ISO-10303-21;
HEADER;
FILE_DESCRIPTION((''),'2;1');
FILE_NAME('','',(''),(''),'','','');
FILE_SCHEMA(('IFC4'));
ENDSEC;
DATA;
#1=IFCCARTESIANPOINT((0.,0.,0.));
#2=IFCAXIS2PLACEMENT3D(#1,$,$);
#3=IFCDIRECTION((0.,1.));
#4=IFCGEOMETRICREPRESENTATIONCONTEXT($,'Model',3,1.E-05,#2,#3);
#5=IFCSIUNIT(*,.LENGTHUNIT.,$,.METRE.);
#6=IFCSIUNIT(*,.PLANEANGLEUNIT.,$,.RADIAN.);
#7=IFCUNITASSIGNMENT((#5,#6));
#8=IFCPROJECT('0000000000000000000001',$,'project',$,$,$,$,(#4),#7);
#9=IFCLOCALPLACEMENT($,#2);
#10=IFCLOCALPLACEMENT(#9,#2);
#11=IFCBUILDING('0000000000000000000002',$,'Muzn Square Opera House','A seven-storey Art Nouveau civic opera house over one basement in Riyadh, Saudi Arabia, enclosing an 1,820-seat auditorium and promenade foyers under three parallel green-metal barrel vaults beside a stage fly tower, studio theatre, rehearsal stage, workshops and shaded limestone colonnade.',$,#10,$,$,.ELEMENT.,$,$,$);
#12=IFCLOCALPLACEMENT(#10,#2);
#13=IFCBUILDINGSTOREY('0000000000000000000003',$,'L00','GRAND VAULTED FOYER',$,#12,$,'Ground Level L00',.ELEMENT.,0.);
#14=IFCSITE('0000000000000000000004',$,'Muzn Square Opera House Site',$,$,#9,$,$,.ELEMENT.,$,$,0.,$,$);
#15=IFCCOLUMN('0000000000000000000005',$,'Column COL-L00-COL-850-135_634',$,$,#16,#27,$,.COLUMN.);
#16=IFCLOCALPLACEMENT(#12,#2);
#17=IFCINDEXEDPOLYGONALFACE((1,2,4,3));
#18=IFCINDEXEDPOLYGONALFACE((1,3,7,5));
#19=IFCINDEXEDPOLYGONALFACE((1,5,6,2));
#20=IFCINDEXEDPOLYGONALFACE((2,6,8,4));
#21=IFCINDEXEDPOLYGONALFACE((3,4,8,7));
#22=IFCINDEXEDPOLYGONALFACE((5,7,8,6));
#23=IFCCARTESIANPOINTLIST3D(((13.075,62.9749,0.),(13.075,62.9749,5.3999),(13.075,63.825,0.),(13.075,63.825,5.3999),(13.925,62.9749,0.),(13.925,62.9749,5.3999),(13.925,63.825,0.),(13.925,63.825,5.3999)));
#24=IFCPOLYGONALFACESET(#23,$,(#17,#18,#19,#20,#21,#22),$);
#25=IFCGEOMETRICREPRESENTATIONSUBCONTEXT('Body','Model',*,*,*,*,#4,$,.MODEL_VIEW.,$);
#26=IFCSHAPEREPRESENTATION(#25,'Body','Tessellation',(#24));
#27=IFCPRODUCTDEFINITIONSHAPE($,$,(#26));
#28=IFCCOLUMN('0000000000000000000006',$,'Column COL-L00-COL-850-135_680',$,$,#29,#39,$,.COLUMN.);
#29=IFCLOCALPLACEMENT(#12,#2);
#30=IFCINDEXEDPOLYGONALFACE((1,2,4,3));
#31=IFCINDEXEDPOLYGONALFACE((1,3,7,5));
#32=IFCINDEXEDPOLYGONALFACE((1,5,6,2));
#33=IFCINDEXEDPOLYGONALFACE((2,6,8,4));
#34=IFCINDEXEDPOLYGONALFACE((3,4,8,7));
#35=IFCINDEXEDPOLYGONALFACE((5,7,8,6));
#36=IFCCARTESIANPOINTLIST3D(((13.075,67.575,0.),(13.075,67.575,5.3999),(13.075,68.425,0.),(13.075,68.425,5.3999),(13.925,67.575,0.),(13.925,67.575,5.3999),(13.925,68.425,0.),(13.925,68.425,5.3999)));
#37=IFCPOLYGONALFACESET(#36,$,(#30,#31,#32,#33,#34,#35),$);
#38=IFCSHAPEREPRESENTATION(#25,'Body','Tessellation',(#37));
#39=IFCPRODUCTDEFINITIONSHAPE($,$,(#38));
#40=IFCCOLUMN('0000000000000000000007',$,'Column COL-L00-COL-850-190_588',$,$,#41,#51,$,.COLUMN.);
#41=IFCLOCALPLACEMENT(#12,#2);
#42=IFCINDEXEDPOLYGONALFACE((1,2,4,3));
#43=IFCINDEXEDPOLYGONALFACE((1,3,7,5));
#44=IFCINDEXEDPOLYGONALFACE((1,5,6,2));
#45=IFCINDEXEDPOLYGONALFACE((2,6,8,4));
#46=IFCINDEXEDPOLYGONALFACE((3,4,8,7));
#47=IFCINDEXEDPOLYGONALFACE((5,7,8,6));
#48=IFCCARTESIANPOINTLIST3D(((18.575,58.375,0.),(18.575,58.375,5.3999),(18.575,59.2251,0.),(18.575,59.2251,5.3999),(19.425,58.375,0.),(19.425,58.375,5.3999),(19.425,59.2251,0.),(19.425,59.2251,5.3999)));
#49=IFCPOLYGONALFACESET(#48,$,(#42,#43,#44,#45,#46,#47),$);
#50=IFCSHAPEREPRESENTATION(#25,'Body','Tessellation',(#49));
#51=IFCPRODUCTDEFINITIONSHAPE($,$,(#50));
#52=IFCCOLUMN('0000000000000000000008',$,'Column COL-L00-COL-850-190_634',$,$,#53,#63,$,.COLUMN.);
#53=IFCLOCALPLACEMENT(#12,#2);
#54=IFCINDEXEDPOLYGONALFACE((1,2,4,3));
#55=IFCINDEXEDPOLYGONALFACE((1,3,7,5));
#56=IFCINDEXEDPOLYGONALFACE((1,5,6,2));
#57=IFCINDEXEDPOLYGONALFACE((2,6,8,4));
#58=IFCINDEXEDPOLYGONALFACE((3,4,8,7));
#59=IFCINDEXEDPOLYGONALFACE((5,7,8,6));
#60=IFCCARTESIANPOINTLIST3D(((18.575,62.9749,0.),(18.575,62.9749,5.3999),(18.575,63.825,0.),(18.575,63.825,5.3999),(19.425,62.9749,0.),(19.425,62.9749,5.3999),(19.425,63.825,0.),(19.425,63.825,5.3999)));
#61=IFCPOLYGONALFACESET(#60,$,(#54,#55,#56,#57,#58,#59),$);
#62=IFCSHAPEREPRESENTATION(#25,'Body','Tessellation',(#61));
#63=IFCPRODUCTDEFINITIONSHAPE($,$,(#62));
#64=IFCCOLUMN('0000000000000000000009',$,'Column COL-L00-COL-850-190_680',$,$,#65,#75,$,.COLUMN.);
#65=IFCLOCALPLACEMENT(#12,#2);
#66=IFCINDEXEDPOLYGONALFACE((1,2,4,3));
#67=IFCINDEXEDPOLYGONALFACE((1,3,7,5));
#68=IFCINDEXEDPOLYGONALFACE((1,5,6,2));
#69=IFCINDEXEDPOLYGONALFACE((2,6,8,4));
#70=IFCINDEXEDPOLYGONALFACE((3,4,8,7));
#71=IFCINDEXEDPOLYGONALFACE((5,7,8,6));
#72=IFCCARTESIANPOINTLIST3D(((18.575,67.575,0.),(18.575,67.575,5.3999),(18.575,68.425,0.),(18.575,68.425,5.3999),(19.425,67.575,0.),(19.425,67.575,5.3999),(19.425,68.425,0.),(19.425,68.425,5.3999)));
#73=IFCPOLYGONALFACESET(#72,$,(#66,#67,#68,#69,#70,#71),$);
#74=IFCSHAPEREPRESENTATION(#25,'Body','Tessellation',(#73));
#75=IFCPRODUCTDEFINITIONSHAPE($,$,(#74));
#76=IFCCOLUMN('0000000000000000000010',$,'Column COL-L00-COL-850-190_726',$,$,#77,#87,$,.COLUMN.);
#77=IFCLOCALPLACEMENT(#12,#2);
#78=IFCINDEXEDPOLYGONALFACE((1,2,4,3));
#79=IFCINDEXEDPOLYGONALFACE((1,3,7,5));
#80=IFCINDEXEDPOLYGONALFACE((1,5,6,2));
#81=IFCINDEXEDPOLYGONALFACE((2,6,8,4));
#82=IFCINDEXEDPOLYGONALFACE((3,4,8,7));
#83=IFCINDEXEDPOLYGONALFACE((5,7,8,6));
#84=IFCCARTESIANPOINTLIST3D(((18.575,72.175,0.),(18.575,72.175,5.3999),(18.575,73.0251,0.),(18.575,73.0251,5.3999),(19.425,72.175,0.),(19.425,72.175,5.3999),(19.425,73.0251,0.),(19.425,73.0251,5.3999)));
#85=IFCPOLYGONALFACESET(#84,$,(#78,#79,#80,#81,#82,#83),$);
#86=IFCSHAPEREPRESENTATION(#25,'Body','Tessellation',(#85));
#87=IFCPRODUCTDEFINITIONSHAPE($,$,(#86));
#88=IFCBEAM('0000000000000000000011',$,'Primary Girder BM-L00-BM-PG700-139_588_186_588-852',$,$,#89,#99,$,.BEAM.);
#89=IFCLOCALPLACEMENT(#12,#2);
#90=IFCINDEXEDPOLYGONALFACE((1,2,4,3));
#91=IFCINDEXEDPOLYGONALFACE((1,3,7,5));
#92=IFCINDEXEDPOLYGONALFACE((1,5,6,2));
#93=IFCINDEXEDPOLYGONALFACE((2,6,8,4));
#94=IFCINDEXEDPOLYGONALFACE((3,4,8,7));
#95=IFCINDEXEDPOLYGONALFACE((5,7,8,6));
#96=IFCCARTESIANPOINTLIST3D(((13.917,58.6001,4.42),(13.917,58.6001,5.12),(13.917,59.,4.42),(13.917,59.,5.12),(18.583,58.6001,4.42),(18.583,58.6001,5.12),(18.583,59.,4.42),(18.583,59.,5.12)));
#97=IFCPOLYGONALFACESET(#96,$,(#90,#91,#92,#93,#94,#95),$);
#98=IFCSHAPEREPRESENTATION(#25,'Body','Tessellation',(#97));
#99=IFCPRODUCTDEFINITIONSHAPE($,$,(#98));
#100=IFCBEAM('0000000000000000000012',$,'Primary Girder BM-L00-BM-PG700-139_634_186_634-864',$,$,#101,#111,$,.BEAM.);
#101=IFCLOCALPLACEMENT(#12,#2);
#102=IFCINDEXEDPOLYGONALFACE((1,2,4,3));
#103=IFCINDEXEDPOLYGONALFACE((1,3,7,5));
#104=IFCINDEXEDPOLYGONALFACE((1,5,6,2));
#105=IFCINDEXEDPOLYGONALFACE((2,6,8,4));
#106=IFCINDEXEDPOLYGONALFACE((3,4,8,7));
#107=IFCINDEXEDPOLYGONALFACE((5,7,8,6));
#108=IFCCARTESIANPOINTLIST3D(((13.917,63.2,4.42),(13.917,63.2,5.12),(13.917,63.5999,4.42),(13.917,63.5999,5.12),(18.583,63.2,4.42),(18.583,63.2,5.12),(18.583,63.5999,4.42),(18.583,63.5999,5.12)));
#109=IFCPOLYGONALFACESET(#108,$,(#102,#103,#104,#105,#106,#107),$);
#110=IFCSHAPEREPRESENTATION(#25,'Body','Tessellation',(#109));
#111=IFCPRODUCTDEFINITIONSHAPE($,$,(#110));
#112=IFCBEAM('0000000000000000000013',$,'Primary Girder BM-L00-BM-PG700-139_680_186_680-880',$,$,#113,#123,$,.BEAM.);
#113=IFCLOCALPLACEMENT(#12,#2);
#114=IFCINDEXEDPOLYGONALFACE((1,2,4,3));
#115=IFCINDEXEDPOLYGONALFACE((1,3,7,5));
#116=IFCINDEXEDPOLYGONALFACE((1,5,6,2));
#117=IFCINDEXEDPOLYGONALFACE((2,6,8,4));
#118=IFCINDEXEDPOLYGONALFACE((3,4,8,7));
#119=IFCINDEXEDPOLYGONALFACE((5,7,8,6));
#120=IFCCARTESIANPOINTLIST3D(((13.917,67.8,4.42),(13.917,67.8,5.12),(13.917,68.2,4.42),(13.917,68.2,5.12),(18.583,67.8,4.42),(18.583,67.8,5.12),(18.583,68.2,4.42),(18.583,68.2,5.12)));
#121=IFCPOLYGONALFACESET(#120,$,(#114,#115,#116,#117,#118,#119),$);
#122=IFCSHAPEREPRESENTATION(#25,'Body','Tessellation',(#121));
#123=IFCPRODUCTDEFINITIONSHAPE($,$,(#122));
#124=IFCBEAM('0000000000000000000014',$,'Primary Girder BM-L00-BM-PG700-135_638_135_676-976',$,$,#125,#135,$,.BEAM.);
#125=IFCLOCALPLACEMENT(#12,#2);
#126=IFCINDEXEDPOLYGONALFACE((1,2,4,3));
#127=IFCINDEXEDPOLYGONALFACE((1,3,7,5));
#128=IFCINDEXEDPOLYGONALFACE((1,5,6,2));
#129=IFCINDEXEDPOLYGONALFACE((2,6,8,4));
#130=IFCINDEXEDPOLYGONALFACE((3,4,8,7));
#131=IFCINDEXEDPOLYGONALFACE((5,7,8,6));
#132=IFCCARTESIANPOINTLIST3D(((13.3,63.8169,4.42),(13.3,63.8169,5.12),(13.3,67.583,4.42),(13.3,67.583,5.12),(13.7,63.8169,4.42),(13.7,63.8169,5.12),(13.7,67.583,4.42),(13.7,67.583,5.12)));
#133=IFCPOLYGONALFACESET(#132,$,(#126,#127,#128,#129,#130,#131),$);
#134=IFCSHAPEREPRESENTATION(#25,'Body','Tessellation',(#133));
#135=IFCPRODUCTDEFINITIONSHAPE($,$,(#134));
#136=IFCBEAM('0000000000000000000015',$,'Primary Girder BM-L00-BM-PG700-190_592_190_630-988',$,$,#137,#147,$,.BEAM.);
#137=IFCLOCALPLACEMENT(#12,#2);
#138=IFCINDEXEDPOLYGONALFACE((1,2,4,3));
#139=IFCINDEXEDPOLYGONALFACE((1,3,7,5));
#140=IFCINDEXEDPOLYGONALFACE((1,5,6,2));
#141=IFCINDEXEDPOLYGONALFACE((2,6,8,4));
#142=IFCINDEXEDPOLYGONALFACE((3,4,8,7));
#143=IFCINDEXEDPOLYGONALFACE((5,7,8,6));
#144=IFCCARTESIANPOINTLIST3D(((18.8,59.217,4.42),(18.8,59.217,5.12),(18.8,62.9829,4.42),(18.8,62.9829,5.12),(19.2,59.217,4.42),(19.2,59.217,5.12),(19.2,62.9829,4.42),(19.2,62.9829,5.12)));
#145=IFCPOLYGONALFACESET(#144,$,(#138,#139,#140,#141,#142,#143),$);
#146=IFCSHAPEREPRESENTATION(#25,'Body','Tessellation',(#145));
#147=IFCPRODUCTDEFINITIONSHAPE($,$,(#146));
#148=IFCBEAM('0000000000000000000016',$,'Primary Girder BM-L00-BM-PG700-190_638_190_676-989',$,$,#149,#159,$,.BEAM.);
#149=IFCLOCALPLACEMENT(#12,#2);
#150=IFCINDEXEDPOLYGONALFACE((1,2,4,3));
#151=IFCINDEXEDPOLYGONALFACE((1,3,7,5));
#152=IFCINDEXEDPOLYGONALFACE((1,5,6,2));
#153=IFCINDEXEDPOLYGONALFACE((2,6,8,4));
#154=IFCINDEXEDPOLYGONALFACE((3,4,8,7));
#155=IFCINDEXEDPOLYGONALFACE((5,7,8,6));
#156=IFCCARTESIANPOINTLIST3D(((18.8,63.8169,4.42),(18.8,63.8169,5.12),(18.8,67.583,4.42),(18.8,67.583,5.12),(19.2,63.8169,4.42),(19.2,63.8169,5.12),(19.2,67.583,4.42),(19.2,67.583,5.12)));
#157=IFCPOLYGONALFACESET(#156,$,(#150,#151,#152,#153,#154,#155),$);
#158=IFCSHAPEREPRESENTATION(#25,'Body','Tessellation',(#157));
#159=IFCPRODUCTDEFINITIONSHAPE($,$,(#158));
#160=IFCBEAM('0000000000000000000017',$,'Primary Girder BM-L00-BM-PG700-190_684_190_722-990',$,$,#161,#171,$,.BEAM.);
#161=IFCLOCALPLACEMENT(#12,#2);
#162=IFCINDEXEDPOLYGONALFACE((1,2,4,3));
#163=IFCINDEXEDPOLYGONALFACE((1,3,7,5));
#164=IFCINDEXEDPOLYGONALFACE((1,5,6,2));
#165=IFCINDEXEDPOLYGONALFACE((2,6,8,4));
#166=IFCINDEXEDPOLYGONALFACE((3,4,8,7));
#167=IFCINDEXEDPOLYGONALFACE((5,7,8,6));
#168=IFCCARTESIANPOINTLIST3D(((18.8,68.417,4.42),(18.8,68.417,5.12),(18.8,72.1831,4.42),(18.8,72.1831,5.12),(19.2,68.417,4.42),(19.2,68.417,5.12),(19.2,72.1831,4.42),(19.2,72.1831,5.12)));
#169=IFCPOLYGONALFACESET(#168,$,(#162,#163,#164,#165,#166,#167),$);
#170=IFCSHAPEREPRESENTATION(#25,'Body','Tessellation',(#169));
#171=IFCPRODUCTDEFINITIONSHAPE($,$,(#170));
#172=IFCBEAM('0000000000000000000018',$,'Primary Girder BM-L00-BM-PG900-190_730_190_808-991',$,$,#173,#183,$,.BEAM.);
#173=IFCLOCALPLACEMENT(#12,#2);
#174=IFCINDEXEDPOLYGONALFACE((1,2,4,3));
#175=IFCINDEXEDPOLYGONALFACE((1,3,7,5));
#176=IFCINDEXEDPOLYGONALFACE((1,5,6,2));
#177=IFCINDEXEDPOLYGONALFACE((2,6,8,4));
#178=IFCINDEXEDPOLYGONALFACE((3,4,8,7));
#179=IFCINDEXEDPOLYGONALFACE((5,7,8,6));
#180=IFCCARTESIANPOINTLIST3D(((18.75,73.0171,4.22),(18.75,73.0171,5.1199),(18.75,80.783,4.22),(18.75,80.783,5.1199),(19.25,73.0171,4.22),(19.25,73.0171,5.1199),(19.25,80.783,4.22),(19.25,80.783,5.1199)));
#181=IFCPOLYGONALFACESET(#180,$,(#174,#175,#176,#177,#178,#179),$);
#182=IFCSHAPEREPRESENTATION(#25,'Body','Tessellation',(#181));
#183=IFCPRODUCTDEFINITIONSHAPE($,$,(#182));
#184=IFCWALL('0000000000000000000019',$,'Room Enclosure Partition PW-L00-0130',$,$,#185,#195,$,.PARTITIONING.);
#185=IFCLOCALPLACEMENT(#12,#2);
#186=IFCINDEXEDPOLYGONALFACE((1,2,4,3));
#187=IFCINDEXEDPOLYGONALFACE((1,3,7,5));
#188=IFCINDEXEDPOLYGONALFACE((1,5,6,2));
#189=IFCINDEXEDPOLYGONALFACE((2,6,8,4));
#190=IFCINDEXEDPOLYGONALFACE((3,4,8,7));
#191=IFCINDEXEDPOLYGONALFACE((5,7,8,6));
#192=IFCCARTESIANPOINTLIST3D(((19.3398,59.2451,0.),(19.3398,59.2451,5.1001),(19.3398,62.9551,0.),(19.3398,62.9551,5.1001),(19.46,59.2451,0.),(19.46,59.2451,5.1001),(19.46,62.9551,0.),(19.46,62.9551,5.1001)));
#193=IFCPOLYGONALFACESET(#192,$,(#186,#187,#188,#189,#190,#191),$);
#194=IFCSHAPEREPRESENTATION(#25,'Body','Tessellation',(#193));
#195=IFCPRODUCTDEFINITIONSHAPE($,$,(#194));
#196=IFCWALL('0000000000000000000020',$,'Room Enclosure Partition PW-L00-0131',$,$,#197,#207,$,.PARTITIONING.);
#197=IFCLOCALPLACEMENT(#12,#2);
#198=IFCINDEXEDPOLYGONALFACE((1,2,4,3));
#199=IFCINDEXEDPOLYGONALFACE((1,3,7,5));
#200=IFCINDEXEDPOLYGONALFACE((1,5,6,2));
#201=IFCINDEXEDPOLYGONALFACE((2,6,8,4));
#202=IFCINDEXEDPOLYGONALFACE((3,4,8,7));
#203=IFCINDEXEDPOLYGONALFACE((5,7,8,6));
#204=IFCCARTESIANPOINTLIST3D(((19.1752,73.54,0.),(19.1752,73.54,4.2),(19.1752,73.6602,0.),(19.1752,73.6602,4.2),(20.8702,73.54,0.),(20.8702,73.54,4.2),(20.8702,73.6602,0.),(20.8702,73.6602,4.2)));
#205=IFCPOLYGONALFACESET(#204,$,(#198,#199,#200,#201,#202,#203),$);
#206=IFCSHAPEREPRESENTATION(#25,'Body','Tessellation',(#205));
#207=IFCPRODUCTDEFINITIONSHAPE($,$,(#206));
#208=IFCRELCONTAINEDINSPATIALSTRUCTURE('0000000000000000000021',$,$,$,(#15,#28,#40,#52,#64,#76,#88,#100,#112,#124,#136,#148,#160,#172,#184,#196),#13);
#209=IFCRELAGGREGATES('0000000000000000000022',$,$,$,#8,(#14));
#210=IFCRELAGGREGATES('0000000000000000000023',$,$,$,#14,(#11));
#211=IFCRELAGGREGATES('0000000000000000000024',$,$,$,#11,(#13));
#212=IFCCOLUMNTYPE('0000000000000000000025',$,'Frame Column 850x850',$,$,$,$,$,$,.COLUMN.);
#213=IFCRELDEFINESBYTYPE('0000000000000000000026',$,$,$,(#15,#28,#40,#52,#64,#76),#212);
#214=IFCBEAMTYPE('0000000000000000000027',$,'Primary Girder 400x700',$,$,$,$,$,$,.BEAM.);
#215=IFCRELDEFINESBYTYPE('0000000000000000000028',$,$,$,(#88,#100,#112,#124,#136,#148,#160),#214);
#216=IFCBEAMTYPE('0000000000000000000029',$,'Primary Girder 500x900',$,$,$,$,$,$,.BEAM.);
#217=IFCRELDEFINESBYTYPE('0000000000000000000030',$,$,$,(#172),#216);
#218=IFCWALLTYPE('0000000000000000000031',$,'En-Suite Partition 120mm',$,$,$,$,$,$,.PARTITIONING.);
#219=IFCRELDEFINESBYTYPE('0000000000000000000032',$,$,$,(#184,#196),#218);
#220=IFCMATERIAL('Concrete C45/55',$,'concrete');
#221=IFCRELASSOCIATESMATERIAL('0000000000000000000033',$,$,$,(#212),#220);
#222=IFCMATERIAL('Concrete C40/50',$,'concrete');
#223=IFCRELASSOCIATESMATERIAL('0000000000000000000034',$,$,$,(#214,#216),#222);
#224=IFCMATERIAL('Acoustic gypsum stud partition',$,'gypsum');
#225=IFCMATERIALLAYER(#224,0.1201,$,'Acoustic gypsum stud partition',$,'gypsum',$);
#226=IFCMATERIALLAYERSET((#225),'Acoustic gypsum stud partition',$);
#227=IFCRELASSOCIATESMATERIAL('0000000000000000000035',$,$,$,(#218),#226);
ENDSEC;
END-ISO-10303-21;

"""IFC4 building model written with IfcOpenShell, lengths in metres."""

from ifc_helpers import new_model, si_unit, direction, frame, frame_2d, origin, origin_2d, place, context, subcontext, project, spatial, rectangle, extrude, material, layer, layer_set, material_profile, profile_set, type_object, element, save


model = new_model("IFC4")

# Units and contexts
model_context = context("Model", 3, precision=1e-05, world=origin(), true_north=direction((0.0, 1.0)))
body_context = subcontext(model_context, "Body", "Model", "MODEL_VIEW")
ifc_project = project(units=[si_unit("LENGTHUNIT", "METRE"), si_unit("PLANEANGLEUNIT", "RADIAN")], contexts=[model_context])

# Site, building, storey
site_placement = place(None, origin())
site = spatial("IfcSite", under=ifc_project, at=site_placement, Name="Muzn Square Opera House Site", CompositionType="ELEMENT", RefElevation=0.0)
building_placement = place(site_placement, origin())
building = spatial("IfcBuilding", under=site, at=building_placement, Name="Muzn Square Opera House", Description="A seven-storey Art Nouveau civic opera house over one basement in Riyadh, Saudi Arabia, enclosing an 1,820-seat auditorium and promenade foyers under three parallel green-metal barrel vaults beside a stage fly tower, studio theatre, rehearsal stage, workshops and shaded limestone colonnade.", CompositionType="ELEMENT")
storey_placement = place(building_placement, origin())
storey = spatial("IfcBuildingStorey", under=building, at=storey_placement, Name="L00", Description="GRAND VAULTED FOYER", LongName="Ground Level L00", CompositionType="ELEMENT", Elevation=0.0)

# Columns
ifc_material_1 = material(Name="Concrete C45/55", Category="concrete")
ifc_material_profile_1 = material_profile(ifc_material_1, rectangle(XDim=0.8501, YDim=0.8501, at=origin_2d()), Name="RC 850x850", Category="concrete")
ifc_profile_set_1 = profile_set([ifc_material_profile_1], Name="Concrete C45/55")
column_type = type_object("IfcColumnType", Name="Frame Column 850x850", PredefinedType="COLUMN", material=ifc_profile_set_1)
for number, where, z_axis, x_axis, name in (
    (1, (13.5, 63.3999, 0.0), (0.0, 0.0, 1.0), (1.0, 0.0, 0.0), "Column COL-L00-COL-850-135_634"),
    (2, (13.5, 68.0, 0.0), (0.0, 0.0, 1.0), (1.0, 0.0, 0.0), "Column COL-L00-COL-850-135_680"),
    (3, (19.0, 58.8, 0.0), (0.0, 0.0, 1.0), (1.0, 0.0, 0.0), "Column COL-L00-COL-850-190_588"),
    (4, (19.0, 63.3999, 0.0), (0.0, 0.0, 1.0), (1.0, 0.0, 0.0), "Column COL-L00-COL-850-190_634"),
    (5, (19.0, 68.0, 0.0), (0.0, 0.0, 1.0), (1.0, 0.0, 0.0), "Column COL-L00-COL-850-190_680"),
    (6, (19.0, 72.6001, 0.0), (0.0, 0.0, 1.0), (1.0, 0.0, 0.0), "Column COL-L00-COL-850-190_726"),
):
    element("IfcColumn", number, at=place(storey_placement, frame(where, z_axis=z_axis, x_axis=x_axis)), inside=storey, type_object=column_type, Name=name, PredefinedType="COLUMN", context=body_context, shape_type="SweptSolid", body=[
        extrude(rectangle(XDim=0.8501, YDim=0.8501, at=origin_2d()), origin(), (0.0, 0.0, 1.0), 5.3999),
    ])

# Beams
ifc_material_2 = material(Name="Concrete C40/50", Category="concrete")
ifc_material_profile_2 = material_profile(ifc_material_2, rectangle(XDim=0.3999, YDim=0.7, at=origin_2d()), Name="RCB 400x700", Category="concrete")
ifc_profile_set_2 = profile_set([ifc_material_profile_2], Name="Concrete C40/50")
beam_type_1 = type_object("IfcBeamType", Name="Primary Girder 400x700", PredefinedType="BEAM", material=ifc_profile_set_2)
for number, where, z_axis, x_axis, name in (
    (7, (13.917, 58.8, 4.77), (1.0, 0.0, 0.0), (0.0, 1.0, 0.0), "Primary Girder BM-L00-BM-PG700-139_588_186_588-852"),
    (8, (13.917, 63.3999, 4.77), (1.0, 0.0, 0.0), (0.0, 1.0, 0.0), "Primary Girder BM-L00-BM-PG700-139_634_186_634-864"),
    (9, (13.917, 68.0, 4.77), (1.0, 0.0, 0.0), (0.0, 1.0, 0.0), "Primary Girder BM-L00-BM-PG700-139_680_186_680-880"),
):
    element("IfcBeam", number, at=place(storey_placement, frame(where, z_axis=z_axis, x_axis=x_axis)), inside=storey, type_object=beam_type_1, Name=name, PredefinedType="BEAM", context=body_context, shape_type="SweptSolid", body=[
        extrude(rectangle(XDim=0.3999, YDim=0.7, at=origin_2d()), origin(), (0.0, 0.0, 1.0), 4.666),
    ])
beam_1_placement = place(storey_placement, frame((13.5, 63.8169, 4.77), z_axis=(0.0, 1.0, 0.0), x_axis=(-1.0, 0.0, 0.0)))
element("IfcBeam", 10, at=beam_1_placement, inside=storey, type_object=beam_type_1, Name="Primary Girder BM-L00-BM-PG700-135_638_135_676-976", PredefinedType="BEAM", context=body_context, shape_type="SweptSolid", body=[
    extrude(rectangle(XDim=0.3999, YDim=0.7, at=origin_2d()), origin(), (0.0, 0.0, 1.0), 3.7661),
])
beam_2_placement = place(storey_placement, frame((19.0, 59.217, 4.77), z_axis=(0.0, 1.0, 0.0), x_axis=(-1.0, 0.0, 0.0)))
element("IfcBeam", 11, at=beam_2_placement, inside=storey, type_object=beam_type_1, Name="Primary Girder BM-L00-BM-PG700-190_592_190_630-988", PredefinedType="BEAM", context=body_context, shape_type="SweptSolid", body=[
    extrude(rectangle(XDim=0.3999, YDim=0.7, at=origin_2d()), origin(), (0.0, 0.0, 1.0), 3.7659),
])
for number, where, z_axis, x_axis, name in (
    (12, (19.0, 63.8169, 4.77), (0.0, 1.0, 0.0), (-1.0, 0.0, 0.0), "Primary Girder BM-L00-BM-PG700-190_638_190_676-989"),
    (13, (19.0, 68.417, 4.77), (0.0, 1.0, 0.0), (-1.0, 0.0, 0.0), "Primary Girder BM-L00-BM-PG700-190_684_190_722-990"),
):
    element("IfcBeam", number, at=place(storey_placement, frame(where, z_axis=z_axis, x_axis=x_axis)), inside=storey, type_object=beam_type_1, Name=name, PredefinedType="BEAM", context=body_context, shape_type="SweptSolid", body=[
        extrude(rectangle(XDim=0.3999, YDim=0.7, at=origin_2d()), origin(), (0.0, 0.0, 1.0), 3.7661),
    ])
ifc_material_profile_3 = material_profile(ifc_material_2, rectangle(XDim=0.5, YDim=0.8999, at=origin_2d()), Name="RCB 500x900", Category="concrete")
ifc_profile_set_3 = profile_set([ifc_material_profile_3], Name="Concrete C40/50")
beam_type_2 = type_object("IfcBeamType", Name="Primary Girder 500x900", PredefinedType="BEAM", material=ifc_profile_set_3)
beam_3_placement = place(storey_placement, frame((19.0, 73.0171, 4.6699), z_axis=(0.0, 1.0, 0.0), x_axis=(-1.0, 0.0, 0.0)))
element("IfcBeam", 14, at=beam_3_placement, inside=storey, type_object=beam_type_2, Name="Primary Girder BM-L00-BM-PG900-190_730_190_808-991", PredefinedType="BEAM", context=body_context, shape_type="SweptSolid", body=[
    extrude(rectangle(XDim=0.5, YDim=0.8999, at=origin_2d()), origin(), (0.0, 0.0, 1.0), 7.7659),
])

# Walls
ifc_material_3 = material(Name="Acoustic gypsum stud partition", Category="gypsum")
ifc_layer_1 = layer(ifc_material_3, 0.1201, Name="Acoustic gypsum stud partition", Category="gypsum")
ifc_layer_set_1 = layer_set([ifc_layer_1], Name="Acoustic gypsum stud partition")
wall_type_1 = type_object("IfcWallType", Name="En-Suite Partition 120mm", PredefinedType="PARTITIONING", material=ifc_layer_set_1)
wall_1_placement = place(storey_placement, frame((19.3999, 59.2451, 0.0), z_axis=(0.0, 0.0, 1.0), x_axis=(0.0, 1.0, 0.0)))
element("IfcWall", 15, at=wall_1_placement, inside=storey, type_object=wall_type_1, Name="Room Enclosure Partition PW-L00-0130", PredefinedType="PARTITIONING", context=body_context, shape_type="SweptSolid", body=[
    extrude(rectangle(XDim=3.71, YDim=0.1201, at=frame_2d((1.855, 0.0))), origin(), (0.0, 0.0, 1.0), 5.1001),
])
wall_2_placement = place(storey_placement, frame((19.175, 73.6001, 0.0), z_axis=(0.0, 0.0, 1.0), x_axis=(1.0, 0.0, 0.0)))
element("IfcWall", 16, at=wall_2_placement, inside=storey, type_object=wall_type_1, Name="Room Enclosure Partition PW-L00-0131", PredefinedType="PARTITIONING", context=body_context, shape_type="SweptSolid", body=[
    extrude(rectangle(XDim=1.6951, YDim=0.1201, at=frame_2d((0.8477, 0.0))), origin(), (0.0, 0.0, 1.0), 4.2),
])

save(model, "model.ifc")
